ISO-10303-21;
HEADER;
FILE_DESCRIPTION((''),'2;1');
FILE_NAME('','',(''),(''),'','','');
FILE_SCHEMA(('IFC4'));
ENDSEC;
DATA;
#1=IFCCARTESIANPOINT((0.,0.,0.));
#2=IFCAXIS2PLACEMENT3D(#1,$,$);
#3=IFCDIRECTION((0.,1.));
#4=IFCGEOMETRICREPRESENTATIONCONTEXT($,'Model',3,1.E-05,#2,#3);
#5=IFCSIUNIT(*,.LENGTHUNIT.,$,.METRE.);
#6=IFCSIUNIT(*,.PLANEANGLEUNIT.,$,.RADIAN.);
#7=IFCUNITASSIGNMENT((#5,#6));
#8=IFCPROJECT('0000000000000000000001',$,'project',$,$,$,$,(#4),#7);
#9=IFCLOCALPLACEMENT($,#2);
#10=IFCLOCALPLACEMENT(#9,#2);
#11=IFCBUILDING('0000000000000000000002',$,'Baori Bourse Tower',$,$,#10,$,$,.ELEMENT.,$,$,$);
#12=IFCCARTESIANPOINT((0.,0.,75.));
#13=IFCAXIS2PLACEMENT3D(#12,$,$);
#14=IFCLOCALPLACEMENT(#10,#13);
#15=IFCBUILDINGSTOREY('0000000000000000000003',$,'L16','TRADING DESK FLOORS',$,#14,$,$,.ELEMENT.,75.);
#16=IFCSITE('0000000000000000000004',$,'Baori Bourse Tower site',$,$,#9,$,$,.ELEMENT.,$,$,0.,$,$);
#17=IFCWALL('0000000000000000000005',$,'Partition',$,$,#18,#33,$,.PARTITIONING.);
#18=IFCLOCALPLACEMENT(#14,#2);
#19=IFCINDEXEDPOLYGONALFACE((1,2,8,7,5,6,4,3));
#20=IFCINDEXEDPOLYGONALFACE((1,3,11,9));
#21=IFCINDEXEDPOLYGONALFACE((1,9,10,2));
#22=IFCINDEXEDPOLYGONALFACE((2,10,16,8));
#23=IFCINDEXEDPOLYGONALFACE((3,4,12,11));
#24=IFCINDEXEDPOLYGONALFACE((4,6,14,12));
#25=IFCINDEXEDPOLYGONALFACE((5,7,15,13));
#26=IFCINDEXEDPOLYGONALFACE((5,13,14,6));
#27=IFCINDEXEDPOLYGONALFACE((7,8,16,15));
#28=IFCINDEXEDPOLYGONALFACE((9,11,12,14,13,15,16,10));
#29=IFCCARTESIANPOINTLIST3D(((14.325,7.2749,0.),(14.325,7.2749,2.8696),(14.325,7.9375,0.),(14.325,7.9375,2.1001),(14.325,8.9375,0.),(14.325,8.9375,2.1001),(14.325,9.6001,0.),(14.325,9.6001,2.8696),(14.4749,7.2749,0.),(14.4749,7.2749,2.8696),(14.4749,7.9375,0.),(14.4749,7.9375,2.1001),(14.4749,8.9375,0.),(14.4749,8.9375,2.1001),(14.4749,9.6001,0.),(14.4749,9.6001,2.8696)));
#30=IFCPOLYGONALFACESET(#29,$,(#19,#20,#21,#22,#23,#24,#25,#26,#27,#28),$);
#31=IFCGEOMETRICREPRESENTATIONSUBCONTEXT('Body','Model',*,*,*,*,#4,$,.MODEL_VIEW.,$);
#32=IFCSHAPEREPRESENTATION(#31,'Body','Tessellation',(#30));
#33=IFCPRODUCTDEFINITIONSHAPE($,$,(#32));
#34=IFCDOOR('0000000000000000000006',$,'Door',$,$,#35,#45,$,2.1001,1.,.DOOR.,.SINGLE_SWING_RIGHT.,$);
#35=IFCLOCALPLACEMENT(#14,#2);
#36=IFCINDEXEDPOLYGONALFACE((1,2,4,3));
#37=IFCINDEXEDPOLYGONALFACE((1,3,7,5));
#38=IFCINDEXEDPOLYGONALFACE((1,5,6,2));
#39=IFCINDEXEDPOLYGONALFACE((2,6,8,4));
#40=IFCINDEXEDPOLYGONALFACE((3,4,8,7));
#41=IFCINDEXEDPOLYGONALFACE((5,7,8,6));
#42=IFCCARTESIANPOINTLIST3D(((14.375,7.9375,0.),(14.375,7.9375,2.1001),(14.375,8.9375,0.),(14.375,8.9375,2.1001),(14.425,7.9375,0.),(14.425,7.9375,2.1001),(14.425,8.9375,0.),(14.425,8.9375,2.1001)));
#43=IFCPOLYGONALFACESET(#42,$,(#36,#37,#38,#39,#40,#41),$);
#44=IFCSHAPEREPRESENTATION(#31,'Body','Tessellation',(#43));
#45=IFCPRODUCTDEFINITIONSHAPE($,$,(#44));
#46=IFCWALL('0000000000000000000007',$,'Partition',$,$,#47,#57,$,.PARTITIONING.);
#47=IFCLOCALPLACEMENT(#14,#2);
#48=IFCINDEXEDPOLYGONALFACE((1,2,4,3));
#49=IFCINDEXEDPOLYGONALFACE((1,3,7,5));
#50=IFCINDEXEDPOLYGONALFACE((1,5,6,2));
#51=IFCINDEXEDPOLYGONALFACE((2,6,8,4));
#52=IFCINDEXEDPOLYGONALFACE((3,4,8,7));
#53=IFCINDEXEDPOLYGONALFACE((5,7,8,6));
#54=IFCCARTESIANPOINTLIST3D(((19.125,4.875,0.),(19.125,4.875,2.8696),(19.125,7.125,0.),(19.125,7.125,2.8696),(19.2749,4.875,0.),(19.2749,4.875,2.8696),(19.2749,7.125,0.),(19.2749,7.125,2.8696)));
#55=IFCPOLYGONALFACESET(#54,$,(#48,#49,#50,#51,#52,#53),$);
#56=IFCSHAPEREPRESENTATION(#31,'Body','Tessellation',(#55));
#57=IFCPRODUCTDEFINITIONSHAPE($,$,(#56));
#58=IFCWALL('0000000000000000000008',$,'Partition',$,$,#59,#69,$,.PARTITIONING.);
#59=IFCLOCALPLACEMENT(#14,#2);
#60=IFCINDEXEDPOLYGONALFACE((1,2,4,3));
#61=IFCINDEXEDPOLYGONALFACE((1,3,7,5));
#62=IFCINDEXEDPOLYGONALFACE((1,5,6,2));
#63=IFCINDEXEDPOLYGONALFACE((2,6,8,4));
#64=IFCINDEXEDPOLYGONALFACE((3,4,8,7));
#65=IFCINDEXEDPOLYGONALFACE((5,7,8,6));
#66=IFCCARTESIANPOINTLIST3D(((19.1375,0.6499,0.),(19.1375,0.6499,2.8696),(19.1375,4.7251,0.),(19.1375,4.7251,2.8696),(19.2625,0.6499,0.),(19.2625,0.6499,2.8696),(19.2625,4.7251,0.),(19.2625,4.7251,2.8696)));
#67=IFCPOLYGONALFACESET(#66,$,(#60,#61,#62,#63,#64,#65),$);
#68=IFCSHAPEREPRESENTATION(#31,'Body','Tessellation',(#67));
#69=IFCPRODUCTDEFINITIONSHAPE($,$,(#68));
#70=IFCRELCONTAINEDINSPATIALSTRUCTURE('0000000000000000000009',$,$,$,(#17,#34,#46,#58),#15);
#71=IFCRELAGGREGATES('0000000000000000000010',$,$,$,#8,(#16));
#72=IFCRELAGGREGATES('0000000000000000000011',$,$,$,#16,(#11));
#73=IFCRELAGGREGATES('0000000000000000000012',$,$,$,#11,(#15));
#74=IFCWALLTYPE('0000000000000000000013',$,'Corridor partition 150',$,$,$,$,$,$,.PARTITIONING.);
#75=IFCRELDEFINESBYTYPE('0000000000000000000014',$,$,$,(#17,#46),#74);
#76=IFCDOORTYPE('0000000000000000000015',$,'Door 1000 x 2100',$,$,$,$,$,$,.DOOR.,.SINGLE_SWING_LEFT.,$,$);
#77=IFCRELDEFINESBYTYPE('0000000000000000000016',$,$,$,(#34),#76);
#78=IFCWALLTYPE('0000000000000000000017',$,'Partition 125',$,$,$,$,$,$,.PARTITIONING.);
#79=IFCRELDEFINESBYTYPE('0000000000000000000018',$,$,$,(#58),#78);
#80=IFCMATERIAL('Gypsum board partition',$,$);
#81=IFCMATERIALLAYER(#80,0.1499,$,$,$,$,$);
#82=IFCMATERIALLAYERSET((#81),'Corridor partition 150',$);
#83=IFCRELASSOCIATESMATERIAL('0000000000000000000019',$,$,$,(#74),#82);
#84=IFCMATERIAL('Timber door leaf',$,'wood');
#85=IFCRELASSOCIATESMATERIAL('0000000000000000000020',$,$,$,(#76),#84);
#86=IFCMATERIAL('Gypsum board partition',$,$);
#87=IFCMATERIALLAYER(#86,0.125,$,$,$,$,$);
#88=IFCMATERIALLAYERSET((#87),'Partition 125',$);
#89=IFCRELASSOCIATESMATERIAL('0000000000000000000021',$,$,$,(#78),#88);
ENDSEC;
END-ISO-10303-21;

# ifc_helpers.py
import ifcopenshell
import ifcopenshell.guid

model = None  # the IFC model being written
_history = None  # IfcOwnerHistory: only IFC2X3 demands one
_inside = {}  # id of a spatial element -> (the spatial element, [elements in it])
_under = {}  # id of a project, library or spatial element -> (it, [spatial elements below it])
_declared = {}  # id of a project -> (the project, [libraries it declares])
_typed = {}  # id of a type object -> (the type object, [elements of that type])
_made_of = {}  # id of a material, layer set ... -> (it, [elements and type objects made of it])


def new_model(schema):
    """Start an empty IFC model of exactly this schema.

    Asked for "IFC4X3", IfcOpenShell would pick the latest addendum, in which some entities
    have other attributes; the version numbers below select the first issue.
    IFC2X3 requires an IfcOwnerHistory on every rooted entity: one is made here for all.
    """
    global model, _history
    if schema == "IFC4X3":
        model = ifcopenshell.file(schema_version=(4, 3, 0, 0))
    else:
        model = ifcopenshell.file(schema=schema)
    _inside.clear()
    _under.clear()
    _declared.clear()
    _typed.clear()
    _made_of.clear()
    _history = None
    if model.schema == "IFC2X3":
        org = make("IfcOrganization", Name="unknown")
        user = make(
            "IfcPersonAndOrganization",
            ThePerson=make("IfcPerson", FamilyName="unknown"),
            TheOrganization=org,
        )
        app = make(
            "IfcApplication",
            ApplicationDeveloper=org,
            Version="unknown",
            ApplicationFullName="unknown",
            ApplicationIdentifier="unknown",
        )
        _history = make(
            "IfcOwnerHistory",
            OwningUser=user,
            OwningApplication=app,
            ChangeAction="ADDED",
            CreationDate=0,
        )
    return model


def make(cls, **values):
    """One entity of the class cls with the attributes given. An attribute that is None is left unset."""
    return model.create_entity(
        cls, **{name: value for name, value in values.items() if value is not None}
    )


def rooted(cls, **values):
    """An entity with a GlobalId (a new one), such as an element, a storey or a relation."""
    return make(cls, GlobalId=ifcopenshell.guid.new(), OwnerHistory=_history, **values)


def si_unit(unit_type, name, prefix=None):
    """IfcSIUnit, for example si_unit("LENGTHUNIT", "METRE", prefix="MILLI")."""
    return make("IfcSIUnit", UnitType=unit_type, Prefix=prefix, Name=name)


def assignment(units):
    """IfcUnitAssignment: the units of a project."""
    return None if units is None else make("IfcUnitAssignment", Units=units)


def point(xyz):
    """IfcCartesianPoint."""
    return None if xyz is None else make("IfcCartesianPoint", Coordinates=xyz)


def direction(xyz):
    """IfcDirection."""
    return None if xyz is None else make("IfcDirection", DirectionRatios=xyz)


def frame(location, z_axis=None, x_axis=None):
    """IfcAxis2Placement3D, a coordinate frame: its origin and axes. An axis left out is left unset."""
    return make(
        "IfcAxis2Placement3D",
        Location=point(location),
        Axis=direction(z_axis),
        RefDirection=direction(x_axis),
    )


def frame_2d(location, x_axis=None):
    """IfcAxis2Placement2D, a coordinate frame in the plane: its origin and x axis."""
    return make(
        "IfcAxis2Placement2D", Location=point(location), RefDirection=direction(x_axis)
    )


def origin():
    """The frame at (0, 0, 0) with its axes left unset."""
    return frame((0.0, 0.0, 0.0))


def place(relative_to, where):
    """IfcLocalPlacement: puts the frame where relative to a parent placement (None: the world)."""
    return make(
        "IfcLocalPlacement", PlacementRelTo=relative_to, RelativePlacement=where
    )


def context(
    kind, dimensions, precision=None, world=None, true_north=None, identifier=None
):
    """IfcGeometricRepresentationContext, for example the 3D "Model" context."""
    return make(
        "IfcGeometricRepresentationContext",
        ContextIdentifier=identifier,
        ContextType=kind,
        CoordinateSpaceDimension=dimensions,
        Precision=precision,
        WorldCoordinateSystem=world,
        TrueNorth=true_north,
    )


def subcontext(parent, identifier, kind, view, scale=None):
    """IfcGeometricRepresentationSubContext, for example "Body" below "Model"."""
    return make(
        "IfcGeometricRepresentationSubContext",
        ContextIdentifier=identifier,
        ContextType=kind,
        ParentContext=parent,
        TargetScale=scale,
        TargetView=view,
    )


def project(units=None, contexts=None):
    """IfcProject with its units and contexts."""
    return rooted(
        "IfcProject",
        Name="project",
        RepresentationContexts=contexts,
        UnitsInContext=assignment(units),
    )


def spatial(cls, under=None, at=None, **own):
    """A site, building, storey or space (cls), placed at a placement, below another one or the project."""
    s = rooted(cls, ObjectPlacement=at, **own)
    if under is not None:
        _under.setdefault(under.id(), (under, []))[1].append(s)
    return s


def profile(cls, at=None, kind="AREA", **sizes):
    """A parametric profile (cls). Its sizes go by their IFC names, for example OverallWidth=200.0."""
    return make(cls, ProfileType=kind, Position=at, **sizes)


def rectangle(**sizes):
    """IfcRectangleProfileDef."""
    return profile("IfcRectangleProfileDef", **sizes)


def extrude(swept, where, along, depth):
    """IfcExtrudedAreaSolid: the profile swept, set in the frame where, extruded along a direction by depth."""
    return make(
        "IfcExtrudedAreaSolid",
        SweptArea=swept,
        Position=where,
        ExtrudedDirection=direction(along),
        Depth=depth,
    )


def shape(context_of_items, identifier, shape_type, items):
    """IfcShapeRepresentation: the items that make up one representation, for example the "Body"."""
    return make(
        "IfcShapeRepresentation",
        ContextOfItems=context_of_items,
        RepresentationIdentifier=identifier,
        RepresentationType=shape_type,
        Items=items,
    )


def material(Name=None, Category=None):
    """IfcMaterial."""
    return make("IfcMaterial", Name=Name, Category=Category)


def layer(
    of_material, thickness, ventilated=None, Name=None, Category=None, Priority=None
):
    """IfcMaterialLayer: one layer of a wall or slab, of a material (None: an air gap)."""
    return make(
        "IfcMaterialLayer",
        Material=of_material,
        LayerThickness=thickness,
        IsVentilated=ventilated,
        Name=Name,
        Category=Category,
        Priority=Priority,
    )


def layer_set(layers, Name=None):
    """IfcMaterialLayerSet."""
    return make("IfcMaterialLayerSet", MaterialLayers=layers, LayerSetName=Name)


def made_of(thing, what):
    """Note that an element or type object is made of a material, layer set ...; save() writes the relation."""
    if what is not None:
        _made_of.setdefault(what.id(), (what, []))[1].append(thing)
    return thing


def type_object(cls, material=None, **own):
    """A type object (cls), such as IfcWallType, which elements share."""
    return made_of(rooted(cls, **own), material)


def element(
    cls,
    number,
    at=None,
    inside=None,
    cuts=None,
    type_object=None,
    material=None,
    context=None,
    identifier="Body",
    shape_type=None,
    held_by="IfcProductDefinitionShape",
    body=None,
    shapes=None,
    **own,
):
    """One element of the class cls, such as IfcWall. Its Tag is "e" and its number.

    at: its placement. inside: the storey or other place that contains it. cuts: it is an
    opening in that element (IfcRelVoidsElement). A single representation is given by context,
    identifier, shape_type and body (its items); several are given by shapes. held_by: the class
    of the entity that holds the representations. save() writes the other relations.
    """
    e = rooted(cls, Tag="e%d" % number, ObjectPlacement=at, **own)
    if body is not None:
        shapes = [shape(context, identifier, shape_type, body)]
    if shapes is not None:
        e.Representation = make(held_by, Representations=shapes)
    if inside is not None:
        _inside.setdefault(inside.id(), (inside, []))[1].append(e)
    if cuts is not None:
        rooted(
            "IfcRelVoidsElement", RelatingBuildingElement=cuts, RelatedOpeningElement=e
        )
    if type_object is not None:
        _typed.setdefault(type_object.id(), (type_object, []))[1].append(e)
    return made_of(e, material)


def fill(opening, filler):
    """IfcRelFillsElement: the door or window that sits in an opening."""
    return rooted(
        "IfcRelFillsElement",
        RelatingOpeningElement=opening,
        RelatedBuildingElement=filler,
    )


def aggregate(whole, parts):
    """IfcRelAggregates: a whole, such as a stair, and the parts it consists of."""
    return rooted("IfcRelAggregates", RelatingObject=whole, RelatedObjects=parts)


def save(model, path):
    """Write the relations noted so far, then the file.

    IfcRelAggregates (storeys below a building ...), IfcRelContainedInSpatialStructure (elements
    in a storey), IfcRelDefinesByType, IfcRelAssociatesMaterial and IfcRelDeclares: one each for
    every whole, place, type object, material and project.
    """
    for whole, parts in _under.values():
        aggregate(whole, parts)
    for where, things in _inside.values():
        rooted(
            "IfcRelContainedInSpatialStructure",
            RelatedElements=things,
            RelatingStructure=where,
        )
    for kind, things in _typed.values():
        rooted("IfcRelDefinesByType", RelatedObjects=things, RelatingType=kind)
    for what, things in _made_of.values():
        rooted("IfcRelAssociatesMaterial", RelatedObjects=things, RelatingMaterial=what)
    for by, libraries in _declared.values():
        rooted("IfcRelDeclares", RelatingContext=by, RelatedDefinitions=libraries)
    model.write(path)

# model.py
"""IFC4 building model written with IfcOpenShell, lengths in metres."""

from ifc_helpers import new_model, si_unit, direction, frame, frame_2d, origin, place, context, subcontext, project, spatial, rectangle, extrude, material, layer, layer_set, type_object, element, fill, save


model = new_model("IFC4")

# Units and contexts
model_context = context("Model", 3, precision=1e-05, world=origin(), true_north=direction((0.0, 1.0)))
body_context = subcontext(model_context, "Body", "Model", "MODEL_VIEW")
ifc_project = project(units=[si_unit("LENGTHUNIT", "METRE"), si_unit("PLANEANGLEUNIT", "RADIAN")], contexts=[model_context])

# Site, building, storey
site_placement = place(None, origin())
site = spatial("IfcSite", under=ifc_project, at=site_placement, Name="Baori Bourse Tower site", CompositionType="ELEMENT", RefElevation=0.0)
building_placement = place(site_placement, origin())
building = spatial("IfcBuilding", under=site, at=building_placement, Name="Baori Bourse Tower", CompositionType="ELEMENT")
storey_placement = place(building_placement, frame((0.0, 0.0, 75.0)))
storey = spatial("IfcBuildingStorey", under=building, at=storey_placement, Name="L16", Description="TRADING DESK FLOORS", CompositionType="ELEMENT", Elevation=75.0)

# Shared definitions
ifc_material_1 = material(Name="Gypsum board partition")
ifc_layer_1 = layer(ifc_material_1, 0.1499)
ifc_layer_set_1 = layer_set([ifc_layer_1], Name="Corridor partition 150")
wall_type_1 = type_object("IfcWallType", Name="Corridor partition 150", PredefinedType="PARTITIONING", material=ifc_layer_set_1)
ifc_material_2 = material(Name="Timber door leaf", Category="wood")
door_type_1 = type_object("IfcDoorType", Name="Door 1000 x 2100", OperationType="SINGLE_SWING_LEFT", PredefinedType="DOOR", material=ifc_material_2)

# Wall, opening, door
wall_1_placement = place(storey_placement, frame((14.3999, 7.2749, 0.0), z_axis=(0.0, 0.0, 1.0), x_axis=(0.0, 1.0, 0.0)))
wall_1 = element("IfcWall", 1, at=wall_1_placement, inside=storey, type_object=wall_type_1, Name="Partition", PredefinedType="PARTITIONING", context=body_context, shape_type="SweptSolid", body=[
    extrude(rectangle(XDim=2.3252, YDim=0.1499, at=frame_2d((1.1626, 0.0))), origin(), (0.0, 0.0, 1.0), 2.8696),
])
opening_1_placement = place(wall_1_placement, frame((0.6626, 0.0, 0.0)))
opening_1 = element("IfcOpeningElement", 2, at=opening_1_placement, cuts=wall_1, PredefinedType="OPENING", context=body_context, shape_type="SweptSolid", body=[
    extrude(rectangle(XDim=1.0, YDim=2.1001, at=frame_2d((0.5, 1.05))), frame((0.0, 0.085, 0.0), z_axis=(0.0, -1.0, 0.0), x_axis=(1.0, 0.0, 0.0)), (0.0, 0.0, 1.0), 0.1699),
])
door_1_placement = place(opening_1_placement, origin())
door_1 = element("IfcDoor", 3, at=door_1_placement, inside=storey, type_object=door_type_1, Name="Door", OperationType="SINGLE_SWING_RIGHT", OverallHeight=2.1001, OverallWidth=1.0, PredefinedType="DOOR", context=body_context, shape_type="SweptSolid", body=[
    extrude(rectangle(XDim=1.0, YDim=2.1001, at=frame_2d((0.5, 1.05))), frame((0.0, 0.0249, 0.0), z_axis=(0.0, -1.0, 0.0), x_axis=(1.0, 0.0, 0.0)), (0.0, 0.0, 1.0), 0.05),
])
fill(opening_1, door_1)

# Walls
wall_2_placement = place(storey_placement, frame((19.2, 4.875, 0.0), z_axis=(0.0, 0.0, 1.0), x_axis=(0.0, 1.0, 0.0)))
element("IfcWall", 4, at=wall_2_placement, inside=storey, type_object=wall_type_1, Name="Partition", PredefinedType="PARTITIONING", context=body_context, shape_type="SweptSolid", body=[
    extrude(rectangle(XDim=2.25, YDim=0.1499, at=frame_2d((1.125, 0.0))), origin(), (0.0, 0.0, 1.0), 2.8696),
])
ifc_material_3 = material(Name="Gypsum board partition")
ifc_layer_2 = layer(ifc_material_3, 0.125)
ifc_layer_set_2 = layer_set([ifc_layer_2], Name="Partition 125")
wall_type_2 = type_object("IfcWallType", Name="Partition 125", PredefinedType="PARTITIONING", material=ifc_layer_set_2)
wall_3_placement = place(storey_placement, frame((19.2, 0.6499, 0.0), z_axis=(0.0, 0.0, 1.0), x_axis=(0.0, 1.0, 0.0)))
element("IfcWall", 5, at=wall_3_placement, inside=storey, type_object=wall_type_2, Name="Partition", PredefinedType="PARTITIONING", context=body_context, shape_type="SweptSolid", body=[
    extrude(rectangle(XDim=4.0752, YDim=0.125, at=frame_2d((2.0376, 0.0))), origin(), (0.0, 0.0, 1.0), 2.8696),
])

save(model, "model.ifc")
